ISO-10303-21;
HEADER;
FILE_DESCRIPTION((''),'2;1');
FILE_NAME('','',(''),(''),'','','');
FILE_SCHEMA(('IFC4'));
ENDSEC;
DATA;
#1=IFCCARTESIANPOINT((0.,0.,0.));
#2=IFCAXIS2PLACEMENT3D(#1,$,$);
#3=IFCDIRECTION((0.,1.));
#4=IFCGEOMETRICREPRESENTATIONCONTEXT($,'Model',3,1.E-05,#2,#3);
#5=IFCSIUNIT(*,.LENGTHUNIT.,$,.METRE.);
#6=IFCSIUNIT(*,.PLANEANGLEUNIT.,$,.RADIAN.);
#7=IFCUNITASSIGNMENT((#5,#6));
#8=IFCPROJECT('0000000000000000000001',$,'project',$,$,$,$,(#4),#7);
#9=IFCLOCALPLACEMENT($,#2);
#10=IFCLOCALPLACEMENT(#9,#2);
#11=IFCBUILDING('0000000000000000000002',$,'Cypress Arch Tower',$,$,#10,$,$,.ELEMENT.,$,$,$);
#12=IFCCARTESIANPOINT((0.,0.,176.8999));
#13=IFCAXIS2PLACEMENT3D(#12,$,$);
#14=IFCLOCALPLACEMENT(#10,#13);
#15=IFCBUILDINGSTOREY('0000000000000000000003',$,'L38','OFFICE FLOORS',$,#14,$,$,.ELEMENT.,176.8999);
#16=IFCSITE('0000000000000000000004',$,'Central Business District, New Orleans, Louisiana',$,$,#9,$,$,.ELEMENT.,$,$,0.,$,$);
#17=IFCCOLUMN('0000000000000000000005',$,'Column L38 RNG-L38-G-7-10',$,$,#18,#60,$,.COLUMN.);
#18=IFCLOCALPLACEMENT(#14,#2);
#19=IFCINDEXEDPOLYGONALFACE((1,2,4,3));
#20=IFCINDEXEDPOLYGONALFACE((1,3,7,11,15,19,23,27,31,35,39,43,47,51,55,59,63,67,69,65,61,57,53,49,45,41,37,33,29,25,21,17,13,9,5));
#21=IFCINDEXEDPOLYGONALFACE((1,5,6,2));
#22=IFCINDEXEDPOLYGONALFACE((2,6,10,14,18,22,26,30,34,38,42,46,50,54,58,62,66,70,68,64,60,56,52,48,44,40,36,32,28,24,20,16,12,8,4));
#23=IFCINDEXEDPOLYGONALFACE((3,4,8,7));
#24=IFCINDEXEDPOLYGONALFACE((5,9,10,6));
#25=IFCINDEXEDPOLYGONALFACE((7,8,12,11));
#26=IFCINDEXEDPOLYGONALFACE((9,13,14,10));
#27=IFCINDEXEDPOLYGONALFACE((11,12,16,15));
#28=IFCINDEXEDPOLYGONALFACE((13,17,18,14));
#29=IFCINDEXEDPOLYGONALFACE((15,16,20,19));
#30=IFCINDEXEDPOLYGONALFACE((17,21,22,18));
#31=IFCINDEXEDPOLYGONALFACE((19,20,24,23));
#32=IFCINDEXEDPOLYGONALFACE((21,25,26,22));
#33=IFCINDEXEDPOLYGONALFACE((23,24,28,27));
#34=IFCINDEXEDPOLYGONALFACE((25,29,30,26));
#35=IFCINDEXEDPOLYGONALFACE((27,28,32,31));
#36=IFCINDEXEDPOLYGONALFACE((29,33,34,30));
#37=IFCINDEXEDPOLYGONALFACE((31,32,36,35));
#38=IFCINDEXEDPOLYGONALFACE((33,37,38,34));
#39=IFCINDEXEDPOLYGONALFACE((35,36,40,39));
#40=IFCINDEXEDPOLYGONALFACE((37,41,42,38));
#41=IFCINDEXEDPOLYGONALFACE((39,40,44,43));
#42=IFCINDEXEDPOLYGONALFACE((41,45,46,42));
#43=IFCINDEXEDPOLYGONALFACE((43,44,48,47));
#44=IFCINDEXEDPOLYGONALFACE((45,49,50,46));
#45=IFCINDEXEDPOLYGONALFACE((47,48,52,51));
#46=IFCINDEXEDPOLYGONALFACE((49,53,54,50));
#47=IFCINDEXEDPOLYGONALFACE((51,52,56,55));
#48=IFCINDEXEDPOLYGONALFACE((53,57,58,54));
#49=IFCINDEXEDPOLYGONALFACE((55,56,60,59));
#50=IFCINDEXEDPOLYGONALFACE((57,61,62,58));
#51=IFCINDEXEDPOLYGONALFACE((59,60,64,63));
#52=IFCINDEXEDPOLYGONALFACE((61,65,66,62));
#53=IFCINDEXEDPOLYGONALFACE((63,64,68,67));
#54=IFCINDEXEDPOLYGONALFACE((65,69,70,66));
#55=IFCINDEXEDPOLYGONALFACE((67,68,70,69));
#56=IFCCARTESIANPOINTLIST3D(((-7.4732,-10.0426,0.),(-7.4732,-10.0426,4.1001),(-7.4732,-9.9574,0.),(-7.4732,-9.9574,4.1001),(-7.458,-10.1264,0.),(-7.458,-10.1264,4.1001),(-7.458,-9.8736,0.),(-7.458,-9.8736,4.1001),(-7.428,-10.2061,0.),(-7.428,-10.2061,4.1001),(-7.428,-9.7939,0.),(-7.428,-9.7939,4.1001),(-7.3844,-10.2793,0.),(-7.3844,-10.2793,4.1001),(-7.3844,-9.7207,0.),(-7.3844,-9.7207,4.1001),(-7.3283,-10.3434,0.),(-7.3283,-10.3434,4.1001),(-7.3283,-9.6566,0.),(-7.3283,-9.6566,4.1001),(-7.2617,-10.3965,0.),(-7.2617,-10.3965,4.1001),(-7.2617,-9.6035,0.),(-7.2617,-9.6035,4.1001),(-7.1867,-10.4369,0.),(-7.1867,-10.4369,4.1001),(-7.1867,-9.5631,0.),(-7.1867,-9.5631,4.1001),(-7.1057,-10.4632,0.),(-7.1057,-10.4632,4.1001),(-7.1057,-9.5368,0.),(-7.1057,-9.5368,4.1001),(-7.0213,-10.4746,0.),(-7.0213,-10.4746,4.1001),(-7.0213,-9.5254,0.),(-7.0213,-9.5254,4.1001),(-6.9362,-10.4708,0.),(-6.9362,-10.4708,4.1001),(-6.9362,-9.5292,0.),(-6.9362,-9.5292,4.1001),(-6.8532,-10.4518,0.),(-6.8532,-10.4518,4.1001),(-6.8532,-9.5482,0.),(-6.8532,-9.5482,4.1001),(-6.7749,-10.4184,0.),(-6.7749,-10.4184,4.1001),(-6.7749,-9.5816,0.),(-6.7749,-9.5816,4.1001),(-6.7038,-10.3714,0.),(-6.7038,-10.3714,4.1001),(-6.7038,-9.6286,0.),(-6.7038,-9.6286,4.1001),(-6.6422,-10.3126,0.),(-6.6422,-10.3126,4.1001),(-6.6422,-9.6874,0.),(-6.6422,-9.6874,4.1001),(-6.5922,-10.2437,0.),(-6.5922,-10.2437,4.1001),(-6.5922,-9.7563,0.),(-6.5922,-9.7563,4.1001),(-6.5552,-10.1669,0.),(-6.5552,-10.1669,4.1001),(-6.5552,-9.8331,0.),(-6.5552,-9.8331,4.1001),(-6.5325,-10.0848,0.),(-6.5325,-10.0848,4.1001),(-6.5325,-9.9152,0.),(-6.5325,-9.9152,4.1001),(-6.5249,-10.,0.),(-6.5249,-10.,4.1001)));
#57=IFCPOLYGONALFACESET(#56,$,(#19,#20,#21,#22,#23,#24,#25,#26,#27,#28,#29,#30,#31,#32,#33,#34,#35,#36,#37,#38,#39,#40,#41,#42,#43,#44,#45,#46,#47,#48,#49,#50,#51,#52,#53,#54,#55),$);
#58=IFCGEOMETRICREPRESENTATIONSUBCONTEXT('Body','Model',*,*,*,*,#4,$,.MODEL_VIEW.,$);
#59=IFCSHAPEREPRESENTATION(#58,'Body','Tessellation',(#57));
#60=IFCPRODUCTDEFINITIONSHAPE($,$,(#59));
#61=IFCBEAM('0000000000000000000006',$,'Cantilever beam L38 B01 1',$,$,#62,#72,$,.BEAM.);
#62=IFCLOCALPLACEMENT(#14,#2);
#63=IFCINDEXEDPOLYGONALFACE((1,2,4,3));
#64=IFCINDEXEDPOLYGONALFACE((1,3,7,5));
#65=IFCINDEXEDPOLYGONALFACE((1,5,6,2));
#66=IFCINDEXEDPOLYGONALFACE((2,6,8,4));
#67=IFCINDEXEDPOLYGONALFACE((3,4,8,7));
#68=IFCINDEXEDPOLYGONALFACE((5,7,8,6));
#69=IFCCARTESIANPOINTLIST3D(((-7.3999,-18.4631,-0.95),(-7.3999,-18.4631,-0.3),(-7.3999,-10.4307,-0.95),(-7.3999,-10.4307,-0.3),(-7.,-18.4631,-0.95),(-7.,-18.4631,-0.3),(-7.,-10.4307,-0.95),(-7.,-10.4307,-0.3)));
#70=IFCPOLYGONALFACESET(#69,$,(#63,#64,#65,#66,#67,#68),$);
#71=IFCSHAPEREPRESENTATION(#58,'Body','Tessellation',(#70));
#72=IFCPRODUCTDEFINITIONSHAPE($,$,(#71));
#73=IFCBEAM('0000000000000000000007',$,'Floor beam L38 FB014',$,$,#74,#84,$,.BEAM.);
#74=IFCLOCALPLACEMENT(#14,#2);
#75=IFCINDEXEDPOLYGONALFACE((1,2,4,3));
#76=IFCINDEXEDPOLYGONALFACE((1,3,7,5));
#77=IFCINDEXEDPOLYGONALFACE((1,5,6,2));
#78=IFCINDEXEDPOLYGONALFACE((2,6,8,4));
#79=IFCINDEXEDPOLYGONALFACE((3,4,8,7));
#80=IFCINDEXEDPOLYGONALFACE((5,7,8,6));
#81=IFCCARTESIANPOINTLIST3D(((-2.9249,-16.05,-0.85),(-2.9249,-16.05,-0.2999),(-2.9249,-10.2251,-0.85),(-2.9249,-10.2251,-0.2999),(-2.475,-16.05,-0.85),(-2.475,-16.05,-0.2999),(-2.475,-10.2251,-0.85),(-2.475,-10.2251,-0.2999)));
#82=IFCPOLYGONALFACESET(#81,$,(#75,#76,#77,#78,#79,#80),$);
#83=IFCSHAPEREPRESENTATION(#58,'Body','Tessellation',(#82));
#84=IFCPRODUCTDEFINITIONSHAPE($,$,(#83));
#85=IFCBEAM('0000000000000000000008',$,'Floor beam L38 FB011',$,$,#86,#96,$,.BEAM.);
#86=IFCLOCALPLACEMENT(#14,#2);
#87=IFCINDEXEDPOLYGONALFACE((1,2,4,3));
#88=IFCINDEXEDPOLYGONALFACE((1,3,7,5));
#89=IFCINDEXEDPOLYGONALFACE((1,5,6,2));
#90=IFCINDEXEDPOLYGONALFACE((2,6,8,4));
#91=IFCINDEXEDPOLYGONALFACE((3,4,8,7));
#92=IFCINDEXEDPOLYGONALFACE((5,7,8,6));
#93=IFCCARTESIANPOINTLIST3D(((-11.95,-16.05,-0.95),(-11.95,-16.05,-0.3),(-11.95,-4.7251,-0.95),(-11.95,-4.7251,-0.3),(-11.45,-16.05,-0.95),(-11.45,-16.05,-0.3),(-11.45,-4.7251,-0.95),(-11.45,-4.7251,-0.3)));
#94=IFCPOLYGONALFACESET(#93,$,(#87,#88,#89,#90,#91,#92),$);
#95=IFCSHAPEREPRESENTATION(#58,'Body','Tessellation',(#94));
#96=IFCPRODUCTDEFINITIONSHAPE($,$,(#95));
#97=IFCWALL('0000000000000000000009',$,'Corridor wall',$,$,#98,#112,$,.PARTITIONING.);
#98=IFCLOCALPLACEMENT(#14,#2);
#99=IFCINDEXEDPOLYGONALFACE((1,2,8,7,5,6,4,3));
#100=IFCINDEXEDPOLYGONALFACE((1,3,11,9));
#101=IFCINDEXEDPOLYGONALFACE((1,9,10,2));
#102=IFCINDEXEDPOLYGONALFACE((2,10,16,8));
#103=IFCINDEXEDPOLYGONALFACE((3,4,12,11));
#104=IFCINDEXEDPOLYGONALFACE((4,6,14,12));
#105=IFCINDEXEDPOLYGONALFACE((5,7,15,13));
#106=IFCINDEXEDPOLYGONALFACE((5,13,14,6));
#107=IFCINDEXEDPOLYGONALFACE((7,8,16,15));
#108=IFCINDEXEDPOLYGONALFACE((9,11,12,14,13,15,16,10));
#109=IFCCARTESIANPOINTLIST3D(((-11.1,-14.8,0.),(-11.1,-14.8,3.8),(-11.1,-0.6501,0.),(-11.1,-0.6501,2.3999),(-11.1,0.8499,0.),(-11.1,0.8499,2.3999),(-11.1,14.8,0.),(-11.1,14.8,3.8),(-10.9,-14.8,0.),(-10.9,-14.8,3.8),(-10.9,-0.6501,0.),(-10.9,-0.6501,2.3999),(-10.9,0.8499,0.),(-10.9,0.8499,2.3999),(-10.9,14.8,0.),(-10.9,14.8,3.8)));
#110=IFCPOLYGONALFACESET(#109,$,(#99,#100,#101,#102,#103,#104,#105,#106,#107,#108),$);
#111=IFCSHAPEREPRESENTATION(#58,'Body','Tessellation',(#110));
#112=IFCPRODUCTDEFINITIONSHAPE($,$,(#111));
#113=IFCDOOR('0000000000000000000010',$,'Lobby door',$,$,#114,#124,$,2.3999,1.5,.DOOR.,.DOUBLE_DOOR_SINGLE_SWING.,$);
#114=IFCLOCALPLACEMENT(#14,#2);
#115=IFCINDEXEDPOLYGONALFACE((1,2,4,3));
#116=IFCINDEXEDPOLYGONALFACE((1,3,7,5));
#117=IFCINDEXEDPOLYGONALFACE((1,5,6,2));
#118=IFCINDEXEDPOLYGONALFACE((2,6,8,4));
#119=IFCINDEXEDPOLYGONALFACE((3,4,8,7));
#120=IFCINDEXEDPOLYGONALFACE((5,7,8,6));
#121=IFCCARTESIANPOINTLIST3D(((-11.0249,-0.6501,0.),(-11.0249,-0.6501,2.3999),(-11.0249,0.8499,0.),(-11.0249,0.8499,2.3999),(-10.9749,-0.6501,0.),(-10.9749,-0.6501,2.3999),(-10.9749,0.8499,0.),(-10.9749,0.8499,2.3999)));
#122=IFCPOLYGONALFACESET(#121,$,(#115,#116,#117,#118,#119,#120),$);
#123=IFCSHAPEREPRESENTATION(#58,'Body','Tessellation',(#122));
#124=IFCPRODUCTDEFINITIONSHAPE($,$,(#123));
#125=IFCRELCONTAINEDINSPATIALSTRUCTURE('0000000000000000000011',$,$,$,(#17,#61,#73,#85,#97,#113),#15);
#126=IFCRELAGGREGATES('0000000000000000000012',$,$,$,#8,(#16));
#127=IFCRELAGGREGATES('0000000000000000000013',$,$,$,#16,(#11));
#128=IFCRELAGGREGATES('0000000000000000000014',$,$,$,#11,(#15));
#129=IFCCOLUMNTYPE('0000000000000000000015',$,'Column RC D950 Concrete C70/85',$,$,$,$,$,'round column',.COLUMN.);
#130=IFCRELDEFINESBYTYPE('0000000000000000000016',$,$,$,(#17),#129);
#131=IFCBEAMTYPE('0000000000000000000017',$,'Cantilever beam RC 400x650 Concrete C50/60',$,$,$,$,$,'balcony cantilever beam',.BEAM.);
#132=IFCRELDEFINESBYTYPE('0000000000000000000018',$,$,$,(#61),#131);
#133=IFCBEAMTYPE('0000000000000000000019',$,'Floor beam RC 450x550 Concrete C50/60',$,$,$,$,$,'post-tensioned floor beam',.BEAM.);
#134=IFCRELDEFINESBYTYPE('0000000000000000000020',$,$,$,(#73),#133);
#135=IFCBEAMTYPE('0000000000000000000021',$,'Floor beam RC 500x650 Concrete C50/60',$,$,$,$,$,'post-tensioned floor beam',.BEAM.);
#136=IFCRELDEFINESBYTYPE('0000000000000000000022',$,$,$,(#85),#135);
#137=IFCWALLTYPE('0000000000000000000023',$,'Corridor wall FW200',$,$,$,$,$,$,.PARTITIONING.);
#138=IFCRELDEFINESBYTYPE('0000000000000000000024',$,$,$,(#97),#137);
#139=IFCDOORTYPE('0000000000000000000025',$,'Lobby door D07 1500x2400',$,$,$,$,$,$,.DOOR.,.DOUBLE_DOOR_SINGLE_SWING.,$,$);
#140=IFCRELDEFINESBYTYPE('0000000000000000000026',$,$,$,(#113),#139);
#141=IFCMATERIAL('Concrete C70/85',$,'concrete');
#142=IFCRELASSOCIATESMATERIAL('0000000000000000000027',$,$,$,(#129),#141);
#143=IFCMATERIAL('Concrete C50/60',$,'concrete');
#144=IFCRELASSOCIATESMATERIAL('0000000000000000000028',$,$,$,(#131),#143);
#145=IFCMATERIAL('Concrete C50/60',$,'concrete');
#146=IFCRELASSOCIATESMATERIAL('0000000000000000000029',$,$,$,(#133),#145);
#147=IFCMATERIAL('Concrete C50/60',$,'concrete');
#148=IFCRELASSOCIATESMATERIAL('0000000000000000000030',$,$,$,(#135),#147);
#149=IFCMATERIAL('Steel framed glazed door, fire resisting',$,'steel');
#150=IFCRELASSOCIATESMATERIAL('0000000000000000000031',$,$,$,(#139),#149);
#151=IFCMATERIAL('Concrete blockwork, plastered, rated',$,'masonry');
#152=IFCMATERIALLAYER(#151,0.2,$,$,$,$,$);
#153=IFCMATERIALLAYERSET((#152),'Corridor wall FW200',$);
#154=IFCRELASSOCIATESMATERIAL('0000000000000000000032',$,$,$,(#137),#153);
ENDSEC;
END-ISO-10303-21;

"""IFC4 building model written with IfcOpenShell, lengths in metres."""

from ifc_helpers import new_model, si_unit, direction, frame, frame_2d, origin, origin_2d, place, context, subcontext, project, spatial, rectangle, circle, extrude, material, layer, layer_set, material_profile, profile_set, type_object, element, fill, save


model = new_model("IFC4")

# Units and contexts
model_context = context("Model", 3, precision=1e-05, world=origin(), true_north=direction((0.0, 1.0)))
body_context = subcontext(model_context, "Body", "Model", "MODEL_VIEW")
ifc_project = project(units=[si_unit("LENGTHUNIT", "METRE"), si_unit("PLANEANGLEUNIT", "RADIAN")], contexts=[model_context])

# Site, building, storey
site_placement = place(None, origin())
site = spatial("IfcSite", under=ifc_project, at=site_placement, Name="Central Business District, New Orleans, Louisiana", CompositionType="ELEMENT", RefElevation=0.0)
building_placement = place(site_placement, origin())
building = spatial("IfcBuilding", under=site, at=building_placement, Name="Cypress Arch Tower", CompositionType="ELEMENT")
storey_placement = place(building_placement, frame((0.0, 0.0, 176.8999)))
storey = spatial("IfcBuildingStorey", under=building, at=storey_placement, Name="L38", Description="OFFICE FLOORS", CompositionType="ELEMENT", Elevation=176.8999)

# Column
ifc_material_1 = material(Name="Concrete C70/85", Category="concrete")
ifc_material_profile_1 = material_profile(ifc_material_1, circle(Radius=0.4751, at=origin_2d()), Name="RC D950")
ifc_profile_set_1 = profile_set([ifc_material_profile_1], Name="Concrete C70/85")
column_type = type_object("IfcColumnType", Name="Column RC D950 Concrete C70/85", ElementType="round column", PredefinedType="COLUMN", material=ifc_profile_set_1)
column_placement = place(storey_placement, frame((-7.0, -10.0, 0.0), z_axis=(0.0, 0.0, 1.0), x_axis=(1.0, 0.0, 0.0)))
element("IfcColumn", 1, at=column_placement, inside=storey, type_object=column_type, Name="Column L38 RNG-L38-G-7-10", PredefinedType="COLUMN", context=body_context, shape_type="SweptSolid", body=[
    extrude(circle(Radius=0.4751, at=origin_2d()), origin(), (0.0, 0.0, 1.0), 4.1001),
])

# Beams
ifc_material_2 = material(Name="Concrete C50/60", Category="concrete")
ifc_material_profile_2 = material_profile(ifc_material_2, rectangle(XDim=0.3999, YDim=0.6499, at=origin_2d()), Name="RC 400x650")
ifc_profile_set_2 = profile_set([ifc_material_profile_2], Name="Concrete C50/60")
beam_type_1 = type_object("IfcBeamType", Name="Cantilever beam RC 400x650 Concrete C50/60", ElementType="balcony cantilever beam", PredefinedType="BEAM", material=ifc_profile_set_2)
beam_1_placement = place(storey_placement, frame((-7.2, -10.4307, -0.625), z_axis=(0.0, -1.0, 0.0), x_axis=(1.0, 0.0, 0.0)))
element("IfcBeam", 2, at=beam_1_placement, inside=storey, type_object=beam_type_1, Name="Cantilever beam L38 B01 1", PredefinedType="BEAM", context=body_context, shape_type="SweptSolid", body=[
    extrude(rectangle(XDim=0.3999, YDim=0.6499, at=origin_2d()), origin(), (0.0, 0.0, 1.0), 8.0325),
])
ifc_material_3 = material(Name="Concrete C50/60", Category="concrete")
ifc_material_profile_3 = material_profile(ifc_material_3, rectangle(XDim=0.45, YDim=0.55, at=origin_2d()), Name="RC 450x550")
ifc_profile_set_3 = profile_set([ifc_material_profile_3], Name="Concrete C50/60")
beam_type_2 = type_object("IfcBeamType", Name="Floor beam RC 450x550 Concrete C50/60", ElementType="post-tensioned floor beam", PredefinedType="BEAM", material=ifc_profile_set_3)
beam_2_placement = place(storey_placement, frame((-2.7, -16.05, -0.575), z_axis=(0.0, 1.0, 0.0), x_axis=(-1.0, 0.0, 0.0)))
element("IfcBeam", 3, at=beam_2_placement, inside=storey, type_object=beam_type_2, Name="Floor beam L38 FB014", PredefinedType="BEAM", context=body_context, shape_type="SweptSolid", body=[
    extrude(rectangle(XDim=0.45, YDim=0.55, at=origin_2d()), origin(), (0.0, 0.0, 1.0), 5.825),
])
ifc_material_4 = material(Name="Concrete C50/60", Category="concrete")
ifc_material_profile_4 = material_profile(ifc_material_4, rectangle(XDim=0.5, YDim=0.6499, at=origin_2d()), Name="RC 500x650")
ifc_profile_set_4 = profile_set([ifc_material_profile_4], Name="Concrete C50/60")
beam_type_3 = type_object("IfcBeamType", Name="Floor beam RC 500x650 Concrete C50/60", ElementType="post-tensioned floor beam", PredefinedType="BEAM", material=ifc_profile_set_4)
beam_3_placement = place(storey_placement, frame((-11.7, -16.05, -0.625), z_axis=(0.0, 1.0, 0.0), x_axis=(-1.0, 0.0, 0.0)))
element("IfcBeam", 4, at=beam_3_placement, inside=storey, type_object=beam_type_3, Name="Floor beam L38 FB011", PredefinedType="BEAM", context=body_context, shape_type="SweptSolid", body=[
    extrude(rectangle(XDim=0.5, YDim=0.6499, at=origin_2d()), origin(), (0.0, 0.0, 1.0), 11.325),
])

# Shared definitions
ifc_material_5 = material(Name="Steel framed glazed door, fire resisting", Category="steel")
door_type_1 = type_object("IfcDoorType", Name="Lobby door D07 1500x2400", OperationType="DOUBLE_DOOR_SINGLE_SWING", PredefinedType="DOOR", material=ifc_material_5)

# Shared definitions
ifc_material_6 = material(Name="Concrete blockwork, plastered, rated", Category="masonry")
ifc_layer_1 = layer(ifc_material_6, 0.2)
ifc_layer_set_1 = layer_set([ifc_layer_1], Name="Corridor wall FW200")
wall_type_1 = type_object("IfcWallType", Name="Corridor wall FW200", PredefinedType="PARTITIONING", material=ifc_layer_set_1)

# Wall, opening, door
wall_1_placement = place(storey_placement, frame((-11.0, -14.8, 0.0), z_axis=(0.0, 0.0, 1.0), x_axis=(0.0, 1.0, 0.0)))
wall_1 = element("IfcWall", 5, at=wall_1_placement, inside=storey, type_object=wall_type_1, Name="Corridor wall", PredefinedType="PARTITIONING", context=body_context, shape_type="SweptSolid", body=[
    extrude(rectangle(XDim=29.6001, YDim=0.2, at=frame_2d((14.8, 0.0))), origin(), (0.0, 0.0, 1.0), 3.8),
])
opening_1_placement = place(wall_1_placement, frame((14.1499, 0.0, 0.0)))
opening_1 = element("IfcOpeningElement", 6, at=opening_1_placement, cuts=wall_1, PredefinedType="OPENING", context=body_context, shape_type="SweptSolid", body=[
    extrude(rectangle(XDim=1.5, YDim=2.3999, at=frame_2d((0.75, 1.2))), frame((0.0, 0.1099, 0.0), z_axis=(0.0, -1.0, 0.0), x_axis=(1.0, 0.0, 0.0)), (0.0, 0.0, 1.0), 0.22),
])
door_1_placement = place(opening_1_placement, origin())
door_1 = element("IfcDoor", 7, at=door_1_placement, inside=storey, type_object=door_type_1, Name="Lobby door", OperationType="DOUBLE_DOOR_SINGLE_SWING", OverallHeight=2.3999, OverallWidth=1.5, PredefinedType="DOOR", context=body_context, shape_type="SweptSolid", body=[
    extrude(rectangle(XDim=1.5, YDim=2.3999, at=frame_2d((0.75, 1.2))), frame((0.0, 0.0249, 0.0), z_axis=(0.0, -1.0, 0.0), x_axis=(1.0, 0.0, 0.0)), (0.0, 0.0, 1.0), 0.05),
])
fill(opening_1, door_1)

save(model, "model.ifc")
